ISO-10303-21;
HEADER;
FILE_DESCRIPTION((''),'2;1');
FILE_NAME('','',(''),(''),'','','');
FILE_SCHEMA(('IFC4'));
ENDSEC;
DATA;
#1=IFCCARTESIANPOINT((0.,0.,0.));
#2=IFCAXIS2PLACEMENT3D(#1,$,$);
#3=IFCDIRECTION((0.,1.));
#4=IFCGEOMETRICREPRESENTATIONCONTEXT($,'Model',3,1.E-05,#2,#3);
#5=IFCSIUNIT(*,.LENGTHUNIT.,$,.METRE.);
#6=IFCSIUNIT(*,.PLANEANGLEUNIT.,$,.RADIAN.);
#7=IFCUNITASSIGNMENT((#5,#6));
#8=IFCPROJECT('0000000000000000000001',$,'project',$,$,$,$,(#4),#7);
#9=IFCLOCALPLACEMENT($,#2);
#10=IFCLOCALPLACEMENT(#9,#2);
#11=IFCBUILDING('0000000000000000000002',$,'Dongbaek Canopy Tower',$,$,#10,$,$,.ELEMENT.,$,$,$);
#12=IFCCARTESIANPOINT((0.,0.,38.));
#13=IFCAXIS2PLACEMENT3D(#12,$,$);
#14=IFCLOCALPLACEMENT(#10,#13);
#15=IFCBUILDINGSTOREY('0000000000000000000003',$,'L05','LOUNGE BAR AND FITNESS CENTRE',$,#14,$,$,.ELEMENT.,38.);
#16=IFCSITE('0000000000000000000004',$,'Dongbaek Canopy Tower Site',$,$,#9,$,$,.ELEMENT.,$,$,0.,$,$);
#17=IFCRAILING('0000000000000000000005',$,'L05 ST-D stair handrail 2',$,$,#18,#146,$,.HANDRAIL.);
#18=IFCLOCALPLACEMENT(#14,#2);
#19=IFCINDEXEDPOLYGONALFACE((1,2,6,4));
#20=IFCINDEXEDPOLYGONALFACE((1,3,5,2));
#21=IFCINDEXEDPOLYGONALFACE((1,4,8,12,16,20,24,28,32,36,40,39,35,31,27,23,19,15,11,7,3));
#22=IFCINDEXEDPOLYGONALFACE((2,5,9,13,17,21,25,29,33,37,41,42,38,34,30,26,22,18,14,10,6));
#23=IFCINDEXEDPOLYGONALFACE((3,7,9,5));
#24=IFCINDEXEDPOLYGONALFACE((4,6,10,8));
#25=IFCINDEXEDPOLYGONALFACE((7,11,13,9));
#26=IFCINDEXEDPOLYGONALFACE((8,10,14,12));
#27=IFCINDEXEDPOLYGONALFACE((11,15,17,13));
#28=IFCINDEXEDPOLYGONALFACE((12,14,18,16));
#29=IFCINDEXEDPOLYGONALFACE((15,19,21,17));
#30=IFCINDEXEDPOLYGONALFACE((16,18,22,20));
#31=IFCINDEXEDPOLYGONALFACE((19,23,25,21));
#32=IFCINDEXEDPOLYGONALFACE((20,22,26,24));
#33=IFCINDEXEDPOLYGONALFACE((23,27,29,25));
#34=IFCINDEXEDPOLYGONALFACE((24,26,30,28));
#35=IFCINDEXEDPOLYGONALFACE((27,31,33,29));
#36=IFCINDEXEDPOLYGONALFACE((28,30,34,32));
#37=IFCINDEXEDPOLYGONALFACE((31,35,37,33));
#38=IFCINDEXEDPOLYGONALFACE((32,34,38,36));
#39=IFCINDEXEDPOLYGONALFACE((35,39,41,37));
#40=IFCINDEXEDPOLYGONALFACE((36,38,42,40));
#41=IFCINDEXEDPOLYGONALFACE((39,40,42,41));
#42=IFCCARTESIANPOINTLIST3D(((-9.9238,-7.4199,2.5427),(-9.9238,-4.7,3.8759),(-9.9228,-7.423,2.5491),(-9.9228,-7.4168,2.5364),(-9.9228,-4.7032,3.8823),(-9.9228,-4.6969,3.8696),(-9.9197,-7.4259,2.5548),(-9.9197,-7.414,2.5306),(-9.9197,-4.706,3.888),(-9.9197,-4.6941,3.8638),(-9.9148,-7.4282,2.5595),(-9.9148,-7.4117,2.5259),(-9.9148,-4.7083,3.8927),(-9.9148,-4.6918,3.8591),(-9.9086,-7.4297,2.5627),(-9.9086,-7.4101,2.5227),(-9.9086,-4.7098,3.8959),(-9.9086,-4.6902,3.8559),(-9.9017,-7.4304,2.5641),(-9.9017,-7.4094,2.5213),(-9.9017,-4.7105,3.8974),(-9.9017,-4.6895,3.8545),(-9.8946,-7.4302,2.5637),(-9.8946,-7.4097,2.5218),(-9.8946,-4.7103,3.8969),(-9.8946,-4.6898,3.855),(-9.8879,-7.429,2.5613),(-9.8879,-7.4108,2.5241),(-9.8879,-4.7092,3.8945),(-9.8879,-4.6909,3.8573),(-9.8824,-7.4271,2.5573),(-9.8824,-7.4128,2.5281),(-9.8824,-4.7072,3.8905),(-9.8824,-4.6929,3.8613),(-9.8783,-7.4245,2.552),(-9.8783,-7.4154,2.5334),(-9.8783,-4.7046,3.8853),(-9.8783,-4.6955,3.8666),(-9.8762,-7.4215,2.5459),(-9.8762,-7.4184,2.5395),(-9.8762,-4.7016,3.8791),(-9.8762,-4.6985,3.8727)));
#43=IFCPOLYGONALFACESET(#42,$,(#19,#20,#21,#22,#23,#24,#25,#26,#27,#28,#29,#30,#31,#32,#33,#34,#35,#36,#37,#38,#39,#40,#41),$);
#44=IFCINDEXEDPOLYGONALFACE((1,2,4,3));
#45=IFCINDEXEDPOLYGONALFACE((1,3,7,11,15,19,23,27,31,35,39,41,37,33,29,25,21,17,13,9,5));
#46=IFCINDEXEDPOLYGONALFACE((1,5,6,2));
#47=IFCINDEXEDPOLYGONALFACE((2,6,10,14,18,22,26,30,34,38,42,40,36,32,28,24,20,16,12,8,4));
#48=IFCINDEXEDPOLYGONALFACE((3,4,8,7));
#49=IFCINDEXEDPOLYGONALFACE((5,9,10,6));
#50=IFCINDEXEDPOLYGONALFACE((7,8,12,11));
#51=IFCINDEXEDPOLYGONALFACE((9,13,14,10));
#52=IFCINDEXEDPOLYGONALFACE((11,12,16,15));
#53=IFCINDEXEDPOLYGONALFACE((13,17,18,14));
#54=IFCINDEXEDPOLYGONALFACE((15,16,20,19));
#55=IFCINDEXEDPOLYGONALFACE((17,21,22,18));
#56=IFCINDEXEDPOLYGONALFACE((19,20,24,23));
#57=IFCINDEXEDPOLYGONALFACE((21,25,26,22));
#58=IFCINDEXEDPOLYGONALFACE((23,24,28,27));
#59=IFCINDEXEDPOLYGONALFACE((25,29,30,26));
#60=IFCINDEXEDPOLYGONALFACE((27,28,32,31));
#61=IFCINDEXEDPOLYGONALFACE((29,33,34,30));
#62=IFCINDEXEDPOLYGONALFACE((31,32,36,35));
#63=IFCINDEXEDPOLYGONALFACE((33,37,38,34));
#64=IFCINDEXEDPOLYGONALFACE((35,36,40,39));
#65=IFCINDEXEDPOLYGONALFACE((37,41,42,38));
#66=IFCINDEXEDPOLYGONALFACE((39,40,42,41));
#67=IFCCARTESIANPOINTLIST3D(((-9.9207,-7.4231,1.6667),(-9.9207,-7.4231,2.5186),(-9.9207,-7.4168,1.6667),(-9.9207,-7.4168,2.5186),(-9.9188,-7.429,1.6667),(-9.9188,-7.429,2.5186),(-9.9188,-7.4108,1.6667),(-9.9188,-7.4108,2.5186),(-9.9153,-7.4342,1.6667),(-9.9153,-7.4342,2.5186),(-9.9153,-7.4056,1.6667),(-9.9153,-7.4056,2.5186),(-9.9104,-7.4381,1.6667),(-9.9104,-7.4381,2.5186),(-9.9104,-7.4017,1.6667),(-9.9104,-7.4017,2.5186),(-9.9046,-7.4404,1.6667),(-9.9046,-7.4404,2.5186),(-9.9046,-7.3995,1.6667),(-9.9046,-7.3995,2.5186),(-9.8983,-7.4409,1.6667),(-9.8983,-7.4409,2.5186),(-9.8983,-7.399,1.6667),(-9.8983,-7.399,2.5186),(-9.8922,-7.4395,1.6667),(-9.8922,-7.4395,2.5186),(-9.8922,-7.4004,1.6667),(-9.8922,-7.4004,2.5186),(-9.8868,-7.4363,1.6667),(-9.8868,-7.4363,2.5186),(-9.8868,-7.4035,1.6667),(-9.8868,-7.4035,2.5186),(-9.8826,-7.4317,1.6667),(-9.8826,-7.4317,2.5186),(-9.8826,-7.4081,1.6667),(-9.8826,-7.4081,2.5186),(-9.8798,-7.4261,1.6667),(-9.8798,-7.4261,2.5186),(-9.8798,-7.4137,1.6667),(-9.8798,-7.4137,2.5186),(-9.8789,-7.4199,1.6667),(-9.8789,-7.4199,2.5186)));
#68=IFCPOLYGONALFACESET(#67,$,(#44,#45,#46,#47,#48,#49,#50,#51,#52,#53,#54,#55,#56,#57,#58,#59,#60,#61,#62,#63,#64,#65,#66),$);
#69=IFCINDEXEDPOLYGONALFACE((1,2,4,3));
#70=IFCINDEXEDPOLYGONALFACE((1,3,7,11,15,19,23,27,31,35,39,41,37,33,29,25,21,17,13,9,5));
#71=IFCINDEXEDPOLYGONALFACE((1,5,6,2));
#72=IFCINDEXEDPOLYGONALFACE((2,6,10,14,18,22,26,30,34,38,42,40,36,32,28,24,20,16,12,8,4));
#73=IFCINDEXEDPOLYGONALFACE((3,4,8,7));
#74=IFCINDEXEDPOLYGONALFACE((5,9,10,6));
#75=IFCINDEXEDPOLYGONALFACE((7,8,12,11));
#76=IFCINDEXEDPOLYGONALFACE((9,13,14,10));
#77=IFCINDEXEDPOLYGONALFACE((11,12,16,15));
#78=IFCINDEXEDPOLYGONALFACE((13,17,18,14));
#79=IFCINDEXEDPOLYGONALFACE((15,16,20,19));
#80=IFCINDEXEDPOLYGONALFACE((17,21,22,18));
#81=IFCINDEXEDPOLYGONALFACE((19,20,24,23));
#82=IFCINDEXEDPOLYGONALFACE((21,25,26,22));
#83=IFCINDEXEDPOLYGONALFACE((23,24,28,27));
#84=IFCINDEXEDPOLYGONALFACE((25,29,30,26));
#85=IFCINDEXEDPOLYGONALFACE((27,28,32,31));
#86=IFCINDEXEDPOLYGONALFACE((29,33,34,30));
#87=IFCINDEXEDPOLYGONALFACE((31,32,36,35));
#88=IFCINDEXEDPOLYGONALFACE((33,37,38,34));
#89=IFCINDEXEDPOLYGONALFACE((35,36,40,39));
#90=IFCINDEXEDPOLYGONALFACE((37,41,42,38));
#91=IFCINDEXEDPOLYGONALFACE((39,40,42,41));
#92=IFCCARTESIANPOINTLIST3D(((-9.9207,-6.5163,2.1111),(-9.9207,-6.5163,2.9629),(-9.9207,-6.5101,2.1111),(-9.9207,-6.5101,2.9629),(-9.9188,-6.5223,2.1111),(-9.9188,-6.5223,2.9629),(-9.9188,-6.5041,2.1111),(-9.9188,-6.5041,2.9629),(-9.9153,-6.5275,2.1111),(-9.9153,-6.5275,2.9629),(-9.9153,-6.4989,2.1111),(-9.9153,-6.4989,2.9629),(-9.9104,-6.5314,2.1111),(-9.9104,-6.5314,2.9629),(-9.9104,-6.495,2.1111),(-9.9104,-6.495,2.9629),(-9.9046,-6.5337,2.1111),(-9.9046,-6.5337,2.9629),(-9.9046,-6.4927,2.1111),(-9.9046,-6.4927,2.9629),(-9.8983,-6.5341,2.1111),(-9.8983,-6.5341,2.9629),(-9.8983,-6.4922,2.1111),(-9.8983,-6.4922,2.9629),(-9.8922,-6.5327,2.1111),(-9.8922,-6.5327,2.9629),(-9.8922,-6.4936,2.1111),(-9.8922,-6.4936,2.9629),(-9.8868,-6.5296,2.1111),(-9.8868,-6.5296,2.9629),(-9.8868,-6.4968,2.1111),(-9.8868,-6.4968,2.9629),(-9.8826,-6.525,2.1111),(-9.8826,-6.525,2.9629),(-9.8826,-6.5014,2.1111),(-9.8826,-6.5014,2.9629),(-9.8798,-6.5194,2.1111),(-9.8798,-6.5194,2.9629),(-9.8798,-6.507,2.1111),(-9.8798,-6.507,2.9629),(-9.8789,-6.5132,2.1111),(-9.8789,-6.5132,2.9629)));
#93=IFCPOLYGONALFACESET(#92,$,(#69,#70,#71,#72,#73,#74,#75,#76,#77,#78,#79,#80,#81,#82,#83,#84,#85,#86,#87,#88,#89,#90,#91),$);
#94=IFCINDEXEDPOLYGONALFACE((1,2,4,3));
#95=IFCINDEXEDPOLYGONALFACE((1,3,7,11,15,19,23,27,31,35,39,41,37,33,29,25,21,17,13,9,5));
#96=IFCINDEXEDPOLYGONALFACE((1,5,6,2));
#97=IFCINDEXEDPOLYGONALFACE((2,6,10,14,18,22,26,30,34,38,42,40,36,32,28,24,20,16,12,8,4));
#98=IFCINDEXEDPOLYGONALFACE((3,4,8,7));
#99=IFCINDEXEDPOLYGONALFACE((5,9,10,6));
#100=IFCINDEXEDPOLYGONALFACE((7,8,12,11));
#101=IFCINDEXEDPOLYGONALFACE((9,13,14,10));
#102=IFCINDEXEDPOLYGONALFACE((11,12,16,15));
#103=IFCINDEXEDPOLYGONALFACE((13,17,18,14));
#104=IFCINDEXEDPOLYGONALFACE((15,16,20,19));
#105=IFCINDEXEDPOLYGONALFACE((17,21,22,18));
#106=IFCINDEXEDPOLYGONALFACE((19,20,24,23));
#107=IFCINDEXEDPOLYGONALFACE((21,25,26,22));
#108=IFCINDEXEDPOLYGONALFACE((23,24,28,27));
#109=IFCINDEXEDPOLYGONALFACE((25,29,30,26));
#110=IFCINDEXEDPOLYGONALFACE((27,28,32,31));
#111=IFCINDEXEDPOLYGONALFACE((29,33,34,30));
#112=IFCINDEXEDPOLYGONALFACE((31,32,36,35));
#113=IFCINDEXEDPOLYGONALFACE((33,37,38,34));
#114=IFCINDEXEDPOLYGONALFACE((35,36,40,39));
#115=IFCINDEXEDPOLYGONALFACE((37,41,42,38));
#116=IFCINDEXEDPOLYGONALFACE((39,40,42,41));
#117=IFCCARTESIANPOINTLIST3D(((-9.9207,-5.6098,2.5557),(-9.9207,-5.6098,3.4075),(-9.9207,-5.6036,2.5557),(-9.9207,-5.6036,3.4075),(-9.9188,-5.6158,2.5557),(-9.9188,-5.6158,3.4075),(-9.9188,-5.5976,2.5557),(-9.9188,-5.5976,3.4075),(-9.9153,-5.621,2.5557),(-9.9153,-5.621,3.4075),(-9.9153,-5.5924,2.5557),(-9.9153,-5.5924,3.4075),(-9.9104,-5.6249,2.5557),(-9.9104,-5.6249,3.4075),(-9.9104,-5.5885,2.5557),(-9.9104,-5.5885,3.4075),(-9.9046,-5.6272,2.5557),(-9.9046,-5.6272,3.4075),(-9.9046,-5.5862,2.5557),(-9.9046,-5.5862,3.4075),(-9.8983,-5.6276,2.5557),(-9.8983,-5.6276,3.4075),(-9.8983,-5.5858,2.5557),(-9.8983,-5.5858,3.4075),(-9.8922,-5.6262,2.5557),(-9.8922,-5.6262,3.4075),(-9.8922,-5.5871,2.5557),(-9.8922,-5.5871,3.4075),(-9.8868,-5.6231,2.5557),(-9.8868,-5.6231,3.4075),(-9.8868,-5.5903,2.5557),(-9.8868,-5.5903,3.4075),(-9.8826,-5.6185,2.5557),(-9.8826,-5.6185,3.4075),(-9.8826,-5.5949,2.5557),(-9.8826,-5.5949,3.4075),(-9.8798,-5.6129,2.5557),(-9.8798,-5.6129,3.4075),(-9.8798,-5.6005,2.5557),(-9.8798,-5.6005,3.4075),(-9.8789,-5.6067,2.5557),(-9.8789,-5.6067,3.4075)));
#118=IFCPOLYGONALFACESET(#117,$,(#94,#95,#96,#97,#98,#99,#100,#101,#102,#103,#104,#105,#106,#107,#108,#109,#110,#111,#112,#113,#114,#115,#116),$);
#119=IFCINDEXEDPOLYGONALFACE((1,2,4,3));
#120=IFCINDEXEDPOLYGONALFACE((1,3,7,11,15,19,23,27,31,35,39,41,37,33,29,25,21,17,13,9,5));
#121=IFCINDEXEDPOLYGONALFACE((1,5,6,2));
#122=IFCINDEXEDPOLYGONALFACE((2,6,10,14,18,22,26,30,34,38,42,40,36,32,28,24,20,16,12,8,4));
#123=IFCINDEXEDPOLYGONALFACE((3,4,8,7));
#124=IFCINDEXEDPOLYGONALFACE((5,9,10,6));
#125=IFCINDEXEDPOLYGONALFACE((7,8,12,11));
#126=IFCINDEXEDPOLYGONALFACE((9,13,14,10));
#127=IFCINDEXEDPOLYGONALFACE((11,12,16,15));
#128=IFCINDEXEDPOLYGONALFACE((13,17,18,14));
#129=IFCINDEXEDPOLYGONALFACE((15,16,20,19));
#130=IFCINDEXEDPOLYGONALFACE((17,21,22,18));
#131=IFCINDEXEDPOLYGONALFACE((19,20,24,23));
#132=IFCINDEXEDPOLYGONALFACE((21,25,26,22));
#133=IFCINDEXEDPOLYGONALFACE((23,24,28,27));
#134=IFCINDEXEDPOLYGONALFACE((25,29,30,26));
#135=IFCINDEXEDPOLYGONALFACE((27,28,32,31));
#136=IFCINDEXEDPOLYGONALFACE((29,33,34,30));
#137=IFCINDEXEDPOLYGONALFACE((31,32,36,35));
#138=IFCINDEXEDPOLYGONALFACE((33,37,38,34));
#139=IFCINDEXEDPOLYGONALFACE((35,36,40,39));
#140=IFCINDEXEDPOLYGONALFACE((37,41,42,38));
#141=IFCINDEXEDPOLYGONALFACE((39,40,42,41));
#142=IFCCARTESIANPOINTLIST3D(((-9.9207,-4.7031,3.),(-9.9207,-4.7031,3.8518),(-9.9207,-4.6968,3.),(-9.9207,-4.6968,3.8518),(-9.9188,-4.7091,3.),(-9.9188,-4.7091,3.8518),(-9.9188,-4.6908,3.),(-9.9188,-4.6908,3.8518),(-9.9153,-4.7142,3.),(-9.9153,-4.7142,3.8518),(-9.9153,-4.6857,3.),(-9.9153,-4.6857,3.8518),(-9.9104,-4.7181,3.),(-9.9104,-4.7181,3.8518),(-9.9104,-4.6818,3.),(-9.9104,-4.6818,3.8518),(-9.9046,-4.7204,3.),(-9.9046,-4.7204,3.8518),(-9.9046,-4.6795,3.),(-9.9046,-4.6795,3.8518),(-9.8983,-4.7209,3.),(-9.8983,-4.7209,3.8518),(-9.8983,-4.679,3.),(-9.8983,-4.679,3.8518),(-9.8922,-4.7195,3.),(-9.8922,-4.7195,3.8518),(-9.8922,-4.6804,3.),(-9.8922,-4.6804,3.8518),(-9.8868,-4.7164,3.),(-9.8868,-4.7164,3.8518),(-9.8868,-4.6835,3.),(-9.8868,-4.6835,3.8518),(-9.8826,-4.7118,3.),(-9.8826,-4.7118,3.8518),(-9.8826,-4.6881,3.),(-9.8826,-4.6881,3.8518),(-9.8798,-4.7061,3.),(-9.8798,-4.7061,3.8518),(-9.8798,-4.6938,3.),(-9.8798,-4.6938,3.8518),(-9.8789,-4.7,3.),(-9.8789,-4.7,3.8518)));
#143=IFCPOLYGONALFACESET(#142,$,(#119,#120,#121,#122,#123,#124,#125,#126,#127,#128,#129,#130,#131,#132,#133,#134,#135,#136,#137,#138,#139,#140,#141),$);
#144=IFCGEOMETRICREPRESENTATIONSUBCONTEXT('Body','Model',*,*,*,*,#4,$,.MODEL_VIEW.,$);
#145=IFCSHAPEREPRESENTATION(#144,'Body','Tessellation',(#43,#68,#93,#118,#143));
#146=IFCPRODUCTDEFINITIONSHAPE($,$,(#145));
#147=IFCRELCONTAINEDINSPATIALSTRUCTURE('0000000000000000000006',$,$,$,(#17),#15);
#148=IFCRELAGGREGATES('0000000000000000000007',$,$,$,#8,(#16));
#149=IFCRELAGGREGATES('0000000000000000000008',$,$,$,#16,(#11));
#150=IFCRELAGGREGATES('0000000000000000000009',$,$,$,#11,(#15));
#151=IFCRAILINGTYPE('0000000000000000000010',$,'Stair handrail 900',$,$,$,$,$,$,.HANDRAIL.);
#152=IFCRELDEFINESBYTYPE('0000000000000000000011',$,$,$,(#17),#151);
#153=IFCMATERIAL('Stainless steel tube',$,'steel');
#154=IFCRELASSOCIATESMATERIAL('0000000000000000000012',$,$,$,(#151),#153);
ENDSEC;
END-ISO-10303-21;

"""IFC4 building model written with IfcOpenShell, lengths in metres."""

from ifc_helpers import new_model, si_unit, direction, frame, origin, origin_2d, place, context, subcontext, project, spatial, circle, extrude, material, type_object, element, save


model = new_model("IFC4")

# Units and contexts
model_context = context("Model", 3, precision=1e-05, world=origin(), true_north=direction((0.0, 1.0)))
body_context = subcontext(model_context, "Body", "Model", "MODEL_VIEW")
ifc_project = project(units=[si_unit("LENGTHUNIT", "METRE"), si_unit("PLANEANGLEUNIT", "RADIAN")], contexts=[model_context])

# Site, building, storey
site_placement = place(None, origin())
site = spatial("IfcSite", under=ifc_project, at=site_placement, Name="Dongbaek Canopy Tower Site", CompositionType="ELEMENT", RefElevation=0.0)
building_placement = place(site_placement, origin())
building = spatial("IfcBuilding", under=site, at=building_placement, Name="Dongbaek Canopy Tower", CompositionType="ELEMENT")
storey_placement = place(building_placement, frame((0.0, 0.0, 38.0)))
storey = spatial("IfcBuildingStorey", under=building, at=storey_placement, Name="L05", Description="LOUNGE BAR AND FITNESS CENTRE", CompositionType="ELEMENT", Elevation=38.0)

# Railing
ifc_material_1 = material(Name="Stainless steel tube", Category="steel")
railing_type_1 = type_object("IfcRailingType", Name="Stair handrail 900", PredefinedType="HANDRAIL", material=ifc_material_1)
railing_1_placement = place(storey_placement, frame((-9.8999, -7.4199, 1.6667)))
element("IfcRailing", 1, at=railing_1_placement, inside=storey, type_object=railing_type_1, Name="L05 ST-D stair handrail 2", PredefinedType="HANDRAIL", context=body_context, shape_type="SweptSolid", body=[
    extrude(circle(Radius=0.0239, at=origin_2d()), frame((0.0, 0.0, 0.876), z_axis=(0.0, 0.897929, 0.440139), x_axis=(-1.0, 0.0, 0.0)), (0.0, 0.0, 1.0), 3.0291),
    extrude(circle(Radius=0.021, at=origin_2d()), origin(), (0.0, 0.0, 1.0), 0.8518),
    extrude(circle(Radius=0.021, at=origin_2d()), frame((0.0, 0.9067, 0.4443)), (0.0, 0.0, 1.0), 0.8518),
    extrude(circle(Radius=0.021, at=origin_2d()), frame((0.0, 1.8132, 0.8889)), (0.0, 0.0, 1.0), 0.8518),
    extrude(circle(Radius=0.021, at=origin_2d()), frame((0.0, 2.72, 1.3333)), (0.0, 0.0, 1.0), 0.8518),
])

save(model, "model.ifc")
